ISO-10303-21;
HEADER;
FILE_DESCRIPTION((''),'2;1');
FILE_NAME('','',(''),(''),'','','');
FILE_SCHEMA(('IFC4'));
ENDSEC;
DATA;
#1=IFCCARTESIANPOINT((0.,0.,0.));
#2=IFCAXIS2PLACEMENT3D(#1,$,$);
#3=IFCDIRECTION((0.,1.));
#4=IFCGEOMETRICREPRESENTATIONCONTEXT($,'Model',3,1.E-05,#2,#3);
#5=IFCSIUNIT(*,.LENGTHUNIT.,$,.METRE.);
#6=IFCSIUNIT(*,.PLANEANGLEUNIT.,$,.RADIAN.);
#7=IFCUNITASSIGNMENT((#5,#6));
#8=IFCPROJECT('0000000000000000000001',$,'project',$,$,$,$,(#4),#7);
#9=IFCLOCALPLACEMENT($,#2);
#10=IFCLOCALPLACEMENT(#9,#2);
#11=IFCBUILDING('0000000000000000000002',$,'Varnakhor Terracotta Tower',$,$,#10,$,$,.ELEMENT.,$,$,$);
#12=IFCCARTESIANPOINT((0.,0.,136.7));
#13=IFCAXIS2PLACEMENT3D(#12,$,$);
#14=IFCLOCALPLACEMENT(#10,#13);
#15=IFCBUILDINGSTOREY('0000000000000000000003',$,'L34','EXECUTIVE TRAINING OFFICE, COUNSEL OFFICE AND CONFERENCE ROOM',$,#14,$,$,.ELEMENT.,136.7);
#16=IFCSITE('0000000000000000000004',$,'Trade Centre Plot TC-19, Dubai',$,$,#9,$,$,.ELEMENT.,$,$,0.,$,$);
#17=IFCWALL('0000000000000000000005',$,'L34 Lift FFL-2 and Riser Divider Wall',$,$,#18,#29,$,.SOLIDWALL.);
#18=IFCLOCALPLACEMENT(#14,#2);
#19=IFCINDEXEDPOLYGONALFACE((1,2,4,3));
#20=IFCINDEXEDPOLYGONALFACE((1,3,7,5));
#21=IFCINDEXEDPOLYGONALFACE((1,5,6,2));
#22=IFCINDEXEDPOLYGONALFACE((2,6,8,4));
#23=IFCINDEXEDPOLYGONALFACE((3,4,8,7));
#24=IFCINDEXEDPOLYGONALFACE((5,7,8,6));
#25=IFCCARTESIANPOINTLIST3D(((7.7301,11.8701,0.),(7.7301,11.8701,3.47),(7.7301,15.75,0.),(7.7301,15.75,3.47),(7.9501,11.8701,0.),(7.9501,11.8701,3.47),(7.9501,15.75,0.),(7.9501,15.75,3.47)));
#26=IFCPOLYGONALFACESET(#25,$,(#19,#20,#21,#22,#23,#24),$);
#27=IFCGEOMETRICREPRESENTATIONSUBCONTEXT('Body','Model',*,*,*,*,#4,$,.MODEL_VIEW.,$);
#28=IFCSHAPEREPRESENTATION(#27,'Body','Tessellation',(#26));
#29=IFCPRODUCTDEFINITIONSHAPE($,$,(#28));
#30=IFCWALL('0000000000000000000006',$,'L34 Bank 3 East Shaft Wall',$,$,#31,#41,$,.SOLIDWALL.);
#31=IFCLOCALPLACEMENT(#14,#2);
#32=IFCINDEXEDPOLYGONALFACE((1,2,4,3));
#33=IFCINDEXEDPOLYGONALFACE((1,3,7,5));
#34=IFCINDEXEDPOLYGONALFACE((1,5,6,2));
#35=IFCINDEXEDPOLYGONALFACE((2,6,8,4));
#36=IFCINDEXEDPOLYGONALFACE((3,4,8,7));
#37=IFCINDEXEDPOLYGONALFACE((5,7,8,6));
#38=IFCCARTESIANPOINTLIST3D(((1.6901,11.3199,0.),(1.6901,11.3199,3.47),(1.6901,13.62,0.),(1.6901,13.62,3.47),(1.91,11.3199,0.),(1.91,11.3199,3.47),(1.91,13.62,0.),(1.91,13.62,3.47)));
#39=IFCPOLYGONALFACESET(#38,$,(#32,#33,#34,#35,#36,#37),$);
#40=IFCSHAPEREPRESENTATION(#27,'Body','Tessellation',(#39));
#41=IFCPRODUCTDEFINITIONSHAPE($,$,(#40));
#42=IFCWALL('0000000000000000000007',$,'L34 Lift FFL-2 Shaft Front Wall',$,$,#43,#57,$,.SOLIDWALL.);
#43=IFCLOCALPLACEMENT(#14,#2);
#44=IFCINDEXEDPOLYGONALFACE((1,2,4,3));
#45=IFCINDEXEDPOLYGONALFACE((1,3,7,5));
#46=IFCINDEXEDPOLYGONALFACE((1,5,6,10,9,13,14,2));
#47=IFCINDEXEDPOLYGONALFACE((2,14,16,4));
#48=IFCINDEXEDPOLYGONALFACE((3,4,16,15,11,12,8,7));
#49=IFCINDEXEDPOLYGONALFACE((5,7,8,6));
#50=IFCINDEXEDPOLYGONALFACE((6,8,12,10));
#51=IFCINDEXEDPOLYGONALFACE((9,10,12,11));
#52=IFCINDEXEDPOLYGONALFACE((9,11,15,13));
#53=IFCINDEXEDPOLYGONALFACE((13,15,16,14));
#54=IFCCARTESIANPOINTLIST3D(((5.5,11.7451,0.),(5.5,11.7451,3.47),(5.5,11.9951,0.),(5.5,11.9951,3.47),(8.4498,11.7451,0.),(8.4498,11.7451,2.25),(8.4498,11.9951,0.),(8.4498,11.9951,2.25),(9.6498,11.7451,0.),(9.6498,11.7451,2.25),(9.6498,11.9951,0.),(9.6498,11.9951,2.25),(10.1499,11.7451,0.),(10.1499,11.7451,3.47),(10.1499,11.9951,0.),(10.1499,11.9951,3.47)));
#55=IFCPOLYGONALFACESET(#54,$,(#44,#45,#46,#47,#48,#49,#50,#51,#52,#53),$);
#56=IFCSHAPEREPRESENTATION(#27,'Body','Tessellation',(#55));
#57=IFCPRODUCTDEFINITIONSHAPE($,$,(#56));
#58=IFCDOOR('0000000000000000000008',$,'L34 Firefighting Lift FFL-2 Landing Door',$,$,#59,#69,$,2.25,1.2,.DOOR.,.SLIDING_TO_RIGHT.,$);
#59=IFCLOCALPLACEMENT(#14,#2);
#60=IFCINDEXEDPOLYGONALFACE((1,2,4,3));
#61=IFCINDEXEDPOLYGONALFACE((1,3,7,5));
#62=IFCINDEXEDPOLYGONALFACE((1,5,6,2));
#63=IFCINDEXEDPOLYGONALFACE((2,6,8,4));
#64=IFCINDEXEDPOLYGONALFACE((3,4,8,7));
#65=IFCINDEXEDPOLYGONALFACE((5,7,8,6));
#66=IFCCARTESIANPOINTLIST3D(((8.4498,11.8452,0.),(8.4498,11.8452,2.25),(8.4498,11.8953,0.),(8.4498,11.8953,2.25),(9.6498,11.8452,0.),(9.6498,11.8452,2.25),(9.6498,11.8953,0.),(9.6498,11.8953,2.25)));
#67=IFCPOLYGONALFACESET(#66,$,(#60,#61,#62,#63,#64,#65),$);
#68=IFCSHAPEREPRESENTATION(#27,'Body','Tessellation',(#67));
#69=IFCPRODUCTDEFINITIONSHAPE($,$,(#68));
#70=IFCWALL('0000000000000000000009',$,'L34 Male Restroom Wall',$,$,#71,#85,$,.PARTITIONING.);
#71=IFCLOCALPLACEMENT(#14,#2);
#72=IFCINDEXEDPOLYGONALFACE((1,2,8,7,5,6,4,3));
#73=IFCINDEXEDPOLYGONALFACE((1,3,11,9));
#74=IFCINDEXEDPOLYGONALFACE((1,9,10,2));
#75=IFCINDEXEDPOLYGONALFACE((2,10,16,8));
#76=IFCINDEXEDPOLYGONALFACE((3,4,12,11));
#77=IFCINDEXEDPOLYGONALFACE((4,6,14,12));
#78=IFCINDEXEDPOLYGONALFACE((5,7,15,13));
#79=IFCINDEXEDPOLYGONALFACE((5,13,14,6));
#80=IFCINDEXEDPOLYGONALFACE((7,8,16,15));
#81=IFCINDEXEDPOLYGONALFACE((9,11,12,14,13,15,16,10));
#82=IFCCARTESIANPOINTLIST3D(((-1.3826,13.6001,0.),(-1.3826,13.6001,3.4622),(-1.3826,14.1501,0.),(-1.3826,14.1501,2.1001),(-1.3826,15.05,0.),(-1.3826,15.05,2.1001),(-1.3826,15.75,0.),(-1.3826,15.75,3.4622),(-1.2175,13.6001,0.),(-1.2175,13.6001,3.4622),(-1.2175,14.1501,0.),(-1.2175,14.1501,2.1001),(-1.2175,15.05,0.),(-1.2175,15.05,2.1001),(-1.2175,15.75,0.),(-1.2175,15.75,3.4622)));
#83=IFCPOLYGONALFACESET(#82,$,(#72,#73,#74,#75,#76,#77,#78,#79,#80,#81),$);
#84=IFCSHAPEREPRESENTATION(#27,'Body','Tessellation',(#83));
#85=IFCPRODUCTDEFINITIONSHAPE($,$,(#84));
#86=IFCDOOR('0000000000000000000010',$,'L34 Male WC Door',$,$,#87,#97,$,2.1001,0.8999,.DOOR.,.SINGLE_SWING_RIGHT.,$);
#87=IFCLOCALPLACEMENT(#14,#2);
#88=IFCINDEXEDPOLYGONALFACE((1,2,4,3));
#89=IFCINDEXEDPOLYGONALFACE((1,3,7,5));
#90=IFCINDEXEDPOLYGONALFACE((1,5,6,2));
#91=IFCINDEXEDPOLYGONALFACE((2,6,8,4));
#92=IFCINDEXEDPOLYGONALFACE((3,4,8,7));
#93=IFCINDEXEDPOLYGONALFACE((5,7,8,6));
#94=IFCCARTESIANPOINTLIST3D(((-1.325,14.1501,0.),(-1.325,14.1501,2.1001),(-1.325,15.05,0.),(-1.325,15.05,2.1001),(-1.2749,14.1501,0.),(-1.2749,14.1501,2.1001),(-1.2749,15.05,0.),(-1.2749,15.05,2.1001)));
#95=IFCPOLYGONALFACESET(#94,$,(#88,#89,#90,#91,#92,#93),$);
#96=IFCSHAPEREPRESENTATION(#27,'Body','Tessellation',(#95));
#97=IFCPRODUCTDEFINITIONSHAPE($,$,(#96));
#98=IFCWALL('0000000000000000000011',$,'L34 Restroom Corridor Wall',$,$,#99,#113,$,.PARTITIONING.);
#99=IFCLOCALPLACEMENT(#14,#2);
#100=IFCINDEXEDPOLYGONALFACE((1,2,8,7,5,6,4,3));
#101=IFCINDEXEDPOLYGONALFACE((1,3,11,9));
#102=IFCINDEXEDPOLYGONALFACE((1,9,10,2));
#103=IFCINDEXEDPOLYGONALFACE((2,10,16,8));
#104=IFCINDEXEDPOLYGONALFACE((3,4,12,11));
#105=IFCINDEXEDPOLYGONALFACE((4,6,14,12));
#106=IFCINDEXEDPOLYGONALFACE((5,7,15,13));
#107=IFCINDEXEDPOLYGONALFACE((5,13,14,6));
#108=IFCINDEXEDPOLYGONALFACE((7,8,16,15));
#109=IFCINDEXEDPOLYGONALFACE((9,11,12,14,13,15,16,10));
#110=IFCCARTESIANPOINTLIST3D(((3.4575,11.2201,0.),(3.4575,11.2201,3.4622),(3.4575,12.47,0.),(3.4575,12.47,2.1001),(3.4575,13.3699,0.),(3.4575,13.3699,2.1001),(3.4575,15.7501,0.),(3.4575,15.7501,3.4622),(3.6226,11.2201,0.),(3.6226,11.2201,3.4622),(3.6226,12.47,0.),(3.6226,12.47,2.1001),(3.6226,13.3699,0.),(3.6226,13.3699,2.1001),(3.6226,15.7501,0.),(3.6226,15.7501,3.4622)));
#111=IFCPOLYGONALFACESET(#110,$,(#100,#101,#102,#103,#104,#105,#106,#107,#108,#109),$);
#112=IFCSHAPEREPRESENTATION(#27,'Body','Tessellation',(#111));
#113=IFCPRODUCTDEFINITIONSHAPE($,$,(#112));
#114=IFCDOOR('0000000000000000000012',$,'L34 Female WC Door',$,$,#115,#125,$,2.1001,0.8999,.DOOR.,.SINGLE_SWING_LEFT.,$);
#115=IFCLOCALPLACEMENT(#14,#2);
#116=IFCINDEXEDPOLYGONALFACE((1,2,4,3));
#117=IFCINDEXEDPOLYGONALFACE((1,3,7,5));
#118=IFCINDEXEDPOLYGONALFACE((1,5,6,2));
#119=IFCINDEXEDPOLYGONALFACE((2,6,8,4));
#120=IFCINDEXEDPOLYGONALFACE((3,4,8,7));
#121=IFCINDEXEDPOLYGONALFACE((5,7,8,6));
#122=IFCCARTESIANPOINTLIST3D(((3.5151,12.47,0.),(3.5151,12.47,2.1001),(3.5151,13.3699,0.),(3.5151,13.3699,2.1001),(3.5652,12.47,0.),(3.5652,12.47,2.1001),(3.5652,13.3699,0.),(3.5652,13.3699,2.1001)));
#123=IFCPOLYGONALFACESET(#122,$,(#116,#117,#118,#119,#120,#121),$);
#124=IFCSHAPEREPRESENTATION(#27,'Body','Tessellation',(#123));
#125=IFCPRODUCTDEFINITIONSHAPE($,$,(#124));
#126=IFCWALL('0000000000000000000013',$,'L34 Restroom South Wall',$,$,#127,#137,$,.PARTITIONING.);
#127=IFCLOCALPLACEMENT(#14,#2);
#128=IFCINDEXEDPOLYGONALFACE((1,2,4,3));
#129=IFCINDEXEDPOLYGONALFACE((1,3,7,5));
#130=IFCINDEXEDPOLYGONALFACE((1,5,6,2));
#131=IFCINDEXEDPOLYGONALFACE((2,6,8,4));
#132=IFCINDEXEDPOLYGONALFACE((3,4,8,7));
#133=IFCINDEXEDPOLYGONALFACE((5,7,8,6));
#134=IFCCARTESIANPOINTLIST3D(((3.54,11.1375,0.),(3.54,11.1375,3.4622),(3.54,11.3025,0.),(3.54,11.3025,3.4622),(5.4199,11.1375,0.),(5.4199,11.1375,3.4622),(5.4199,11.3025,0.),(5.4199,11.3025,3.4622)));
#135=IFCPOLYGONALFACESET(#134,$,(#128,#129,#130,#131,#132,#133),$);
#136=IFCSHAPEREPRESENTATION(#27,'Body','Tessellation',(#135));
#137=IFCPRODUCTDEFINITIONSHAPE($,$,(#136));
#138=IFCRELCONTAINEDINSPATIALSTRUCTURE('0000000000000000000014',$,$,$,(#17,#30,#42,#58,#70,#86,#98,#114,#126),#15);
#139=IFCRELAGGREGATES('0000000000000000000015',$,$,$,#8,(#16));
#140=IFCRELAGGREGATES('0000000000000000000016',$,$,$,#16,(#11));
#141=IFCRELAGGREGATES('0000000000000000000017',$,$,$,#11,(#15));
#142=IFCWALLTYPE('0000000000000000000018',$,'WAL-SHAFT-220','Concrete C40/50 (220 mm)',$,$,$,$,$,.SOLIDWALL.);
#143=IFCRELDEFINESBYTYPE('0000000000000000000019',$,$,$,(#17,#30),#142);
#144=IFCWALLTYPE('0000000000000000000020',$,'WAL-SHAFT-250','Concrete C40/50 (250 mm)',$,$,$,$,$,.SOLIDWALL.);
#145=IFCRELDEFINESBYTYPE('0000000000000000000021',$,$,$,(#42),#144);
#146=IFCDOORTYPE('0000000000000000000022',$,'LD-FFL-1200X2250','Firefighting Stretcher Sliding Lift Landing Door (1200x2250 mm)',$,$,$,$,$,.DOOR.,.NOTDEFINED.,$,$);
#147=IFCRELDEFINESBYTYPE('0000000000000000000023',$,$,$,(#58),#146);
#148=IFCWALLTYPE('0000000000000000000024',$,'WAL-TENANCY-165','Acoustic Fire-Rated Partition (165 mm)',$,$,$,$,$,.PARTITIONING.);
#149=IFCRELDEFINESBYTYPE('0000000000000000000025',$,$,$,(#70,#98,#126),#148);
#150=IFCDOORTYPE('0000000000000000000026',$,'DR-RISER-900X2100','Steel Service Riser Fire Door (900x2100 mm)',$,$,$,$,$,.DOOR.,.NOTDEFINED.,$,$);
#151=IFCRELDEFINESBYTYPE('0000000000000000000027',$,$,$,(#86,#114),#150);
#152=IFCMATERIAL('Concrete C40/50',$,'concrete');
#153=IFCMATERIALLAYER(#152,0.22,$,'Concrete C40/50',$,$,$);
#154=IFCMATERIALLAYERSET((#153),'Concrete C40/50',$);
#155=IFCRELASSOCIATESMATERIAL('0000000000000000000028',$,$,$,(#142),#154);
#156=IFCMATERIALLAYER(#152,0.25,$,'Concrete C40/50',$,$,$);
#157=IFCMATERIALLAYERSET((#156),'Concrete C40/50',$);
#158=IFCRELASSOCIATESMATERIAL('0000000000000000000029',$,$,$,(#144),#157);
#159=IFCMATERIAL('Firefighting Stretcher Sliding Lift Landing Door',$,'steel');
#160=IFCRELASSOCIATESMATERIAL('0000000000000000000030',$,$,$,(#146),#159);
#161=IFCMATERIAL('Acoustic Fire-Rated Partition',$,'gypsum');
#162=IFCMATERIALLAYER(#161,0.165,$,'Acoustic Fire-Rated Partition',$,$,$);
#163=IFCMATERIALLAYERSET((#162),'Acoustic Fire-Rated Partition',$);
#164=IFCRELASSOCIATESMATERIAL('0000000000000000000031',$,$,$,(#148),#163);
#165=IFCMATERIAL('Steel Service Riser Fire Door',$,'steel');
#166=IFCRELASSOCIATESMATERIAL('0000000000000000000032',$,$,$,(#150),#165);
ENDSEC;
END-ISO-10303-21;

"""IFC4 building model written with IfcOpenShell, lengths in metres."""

from ifc_helpers import new_model, si_unit, direction, frame, frame_2d, origin, place, context, subcontext, project, spatial, rectangle, extrude, source, transform, mapped, material, layer, layer_set, type_object, type_shapes, element, fill, save


model = new_model("IFC4")

# Units and contexts
model_context = context("Model", 3, precision=1e-05, world=origin(), true_north=direction((0.0, 1.0)))
body_context = subcontext(model_context, "Body", "Model", "MODEL_VIEW")
ifc_project = project(units=[si_unit("LENGTHUNIT", "METRE"), si_unit("PLANEANGLEUNIT", "RADIAN")], contexts=[model_context])

# Site, building, storey
site_placement = place(None, origin())
site = spatial("IfcSite", under=ifc_project, at=site_placement, Name="Trade Centre Plot TC-19, Dubai", CompositionType="ELEMENT", RefElevation=0.0)
building_placement = place(site_placement, origin())
building = spatial("IfcBuilding", under=site, at=building_placement, Name="Varnakhor Terracotta Tower", CompositionType="ELEMENT")
storey_placement = place(building_placement, frame((0.0, 0.0, 136.7)))
storey = spatial("IfcBuildingStorey", under=building, at=storey_placement, Name="L34", Description="EXECUTIVE TRAINING OFFICE, COUNSEL OFFICE AND CONFERENCE ROOM", CompositionType="ELEMENT", Elevation=136.7)

# Walls
ifc_material_1 = material(Name="Concrete C40/50", Category="concrete")
ifc_layer_1 = layer(ifc_material_1, 0.22, Name="Concrete C40/50")
ifc_layer_set_1 = layer_set([ifc_layer_1], Name="Concrete C40/50")
wall_type_1 = type_object("IfcWallType", Name="WAL-SHAFT-220", Description="Concrete C40/50 (220 mm)", PredefinedType="SOLIDWALL", material=ifc_layer_set_1)
wall_1_placement = place(storey_placement, frame((7.8401, 11.8701, 0.0), z_axis=(0.0, 0.0, 1.0), x_axis=(0.0, 1.0, 0.0)))
element("IfcWall", 1, at=wall_1_placement, inside=storey, type_object=wall_type_1, Name="L34 Lift FFL-2 and Riser Divider Wall", PredefinedType="SOLIDWALL", context=body_context, shape_type="SweptSolid", body=[
    extrude(rectangle(XDim=3.8799, YDim=0.22, at=frame_2d((1.9399, 0.0))), origin(), (0.0, 0.0, 1.0), 3.47),
])
wall_2_placement = place(storey_placement, frame((1.8, 11.3201, 0.0), z_axis=(0.0, 0.0, 1.0), x_axis=(0.0, 1.0, 0.0)))
element("IfcWall", 2, at=wall_2_placement, inside=storey, type_object=wall_type_1, Name="L34 Bank 3 East Shaft Wall", PredefinedType="SOLIDWALL", context=body_context, shape_type="SweptSolid", body=[
    extrude(rectangle(XDim=2.3, YDim=0.22, at=frame_2d((1.1499, 0.0))), origin(), (0.0, 0.0, 1.0), 3.47),
])

# Walls, openings, doors
ifc_layer_2 = layer(ifc_material_1, 0.25, Name="Concrete C40/50")
ifc_layer_set_2 = layer_set([ifc_layer_2], Name="Concrete C40/50")
wall_type_2 = type_object("IfcWallType", Name="WAL-SHAFT-250", Description="Concrete C40/50 (250 mm)", PredefinedType="SOLIDWALL", material=ifc_layer_set_2)
wall_3_placement = place(storey_placement, frame((10.1499, 11.8701, 0.0), z_axis=(0.0, 0.0, 1.0), x_axis=(-1.0, 0.0, 0.0)))
wall_3 = element("IfcWall", 3, at=wall_3_placement, inside=storey, type_object=wall_type_2, Name="L34 Lift FFL-2 Shaft Front Wall", PredefinedType="SOLIDWALL", context=body_context, shape_type="SweptSolid", body=[
    extrude(rectangle(XDim=4.6499, YDim=0.25, at=frame_2d((2.325, 0.0))), origin(), (0.0, 0.0, 1.0), 3.47),
])
opening_1_placement = place(wall_3_placement, frame((0.5, 0.0, 0.0)))
opening_1 = element("IfcOpeningElement", 4, at=opening_1_placement, cuts=wall_3, PredefinedType="OPENING", context=body_context, shape_type="SweptSolid", body=[
    extrude(rectangle(XDim=1.2, YDim=2.25, at=frame_2d((0.6001, 1.125))), frame((0.0, 0.135, 0.0), z_axis=(0.0, -1.0, 0.0), x_axis=(1.0, 0.0, 0.0)), (0.0, 0.0, 1.0), 0.27),
])
ifc_material_2 = material(Name="Firefighting Stretcher Sliding Lift Landing Door", Category="steel")
door_type_1 = type_object("IfcDoorType", Name="LD-FFL-1200X2250", Description="Firefighting Stretcher Sliding Lift Landing Door (1200x2250 mm)", OperationType="NOTDEFINED", PredefinedType="DOOR", material=ifc_material_2)
shared_shape_1 = source(origin(), body_context, "Body", "SweptSolid", [
    extrude(rectangle(XDim=1.2, YDim=2.25, at=frame_2d((0.6001, 1.125))), frame((0.0, 0.0249, 0.0), z_axis=(0.0, -1.0, 0.0), x_axis=(1.0, 0.0, 0.0)), (0.0, 0.0, 1.0), 0.05),
])
type_shapes(door_type_1, [shared_shape_1])
door_1_placement = place(opening_1_placement, origin())
door_1 = element("IfcDoor", 5, at=door_1_placement, inside=storey, type_object=door_type_1, Name="L34 Firefighting Lift FFL-2 Landing Door", OperationType="SLIDING_TO_RIGHT", OverallHeight=2.25, OverallWidth=1.2, PredefinedType="DOOR", context=body_context, shape_type="MappedRepresentation", body=[
    mapped(shared_shape_1, transform((0.0, 0.0, 0.0), scale=1.0)),
])
fill(opening_1, door_1)
ifc_material_3 = material(Name="Acoustic Fire-Rated Partition", Category="gypsum")
ifc_layer_3 = layer(ifc_material_3, 0.165, Name="Acoustic Fire-Rated Partition")
ifc_layer_set_3 = layer_set([ifc_layer_3], Name="Acoustic Fire-Rated Partition")
wall_type_3 = type_object("IfcWallType", Name="WAL-TENANCY-165", Description="Acoustic Fire-Rated Partition (165 mm)", PredefinedType="PARTITIONING", material=ifc_layer_set_3)
wall_4_placement = place(storey_placement, frame((-1.3, 13.6001, 0.0), z_axis=(0.0, 0.0, 1.0), x_axis=(0.0, 1.0, 0.0)))
wall_4 = element("IfcWall", 6, at=wall_4_placement, inside=storey, type_object=wall_type_3, Name="L34 Male Restroom Wall", PredefinedType="PARTITIONING", context=body_context, shape_type="SweptSolid", body=[
    extrude(rectangle(XDim=2.1499, YDim=0.165, at=frame_2d((1.075, 0.0))), origin(), (0.0, 0.0, 1.0), 3.4622),
])
opening_2_placement = place(wall_4_placement, frame((0.55, 0.0, 0.0)))
opening_2 = element("IfcOpeningElement", 7, at=opening_2_placement, cuts=wall_4, PredefinedType="OPENING", context=body_context, shape_type="SweptSolid", body=[
    extrude(rectangle(XDim=0.8999, YDim=2.1001, at=frame_2d((0.45, 1.05))), frame((0.0, 0.0925, 0.0), z_axis=(0.0, -1.0, 0.0), x_axis=(1.0, 0.0, 0.0)), (0.0, 0.0, 1.0), 0.1851),
])
ifc_material_4 = material(Name="Steel Service Riser Fire Door", Category="steel")
door_type_2 = type_object("IfcDoorType", Name="DR-RISER-900X2100", Description="Steel Service Riser Fire Door (900x2100 mm)", OperationType="NOTDEFINED", PredefinedType="DOOR", material=ifc_material_4)
shared_shape_2 = source(origin(), body_context, "Body", "SweptSolid", [
    extrude(rectangle(XDim=0.8999, YDim=2.1001, at=frame_2d((0.45, 1.05))), frame((0.0, 0.0249, 0.0), z_axis=(0.0, -1.0, 0.0), x_axis=(1.0, 0.0, 0.0)), (0.0, 0.0, 1.0), 0.05),
])
type_shapes(door_type_2, [shared_shape_2])
door_2_placement = place(opening_2_placement, origin())
door_2 = element("IfcDoor", 8, at=door_2_placement, inside=storey, type_object=door_type_2, Name="L34 Male WC Door", OperationType="SINGLE_SWING_RIGHT", OverallHeight=2.1001, OverallWidth=0.8999, PredefinedType="DOOR", context=body_context, shape_type="MappedRepresentation", body=[
    mapped(shared_shape_2, transform((0.0, 0.0, 0.0), scale=1.0)),
])
fill(opening_2, door_2)
wall_5_placement = place(storey_placement, frame((3.54, 11.22, 0.0), z_axis=(0.0, 0.0, 1.0), x_axis=(0.0, 1.0, 0.0)))
wall_5 = element("IfcWall", 9, at=wall_5_placement, inside=storey, type_object=wall_type_3, Name="L34 Restroom Corridor Wall", PredefinedType="PARTITIONING", context=body_context, shape_type="SweptSolid", body=[
    extrude(rectangle(XDim=4.53, YDim=0.165, at=frame_2d((2.2651, 0.0))), origin(), (0.0, 0.0, 1.0), 3.4622),
])
opening_3_placement = place(wall_5_placement, frame((1.25, 0.0, 0.0)))
opening_3 = element("IfcOpeningElement", 10, at=opening_3_placement, cuts=wall_5, PredefinedType="OPENING", context=body_context, shape_type="SweptSolid", body=[
    extrude(rectangle(XDim=0.8999, YDim=2.1001, at=frame_2d((0.45, 1.05))), frame((0.0, 0.0925, 0.0), z_axis=(0.0, -1.0, 0.0), x_axis=(1.0, 0.0, 0.0)), (0.0, 0.0, 1.0), 0.1851),
])
door_3_placement = place(opening_3_placement, origin())
door_3 = element("IfcDoor", 11, at=door_3_placement, inside=storey, type_object=door_type_2, Name="L34 Female WC Door", OperationType="SINGLE_SWING_LEFT", OverallHeight=2.1001, OverallWidth=0.8999, PredefinedType="DOOR", context=body_context, shape_type="MappedRepresentation", body=[
    mapped(shared_shape_2, transform((0.0, 0.0, 0.0), scale=1.0)),
])
fill(opening_3, door_3)

# Wall
wall_6_placement = place(storey_placement, frame((3.54, 11.22, 0.0), z_axis=(0.0, 0.0, 1.0), x_axis=(1.0, 0.0, 0.0)))
element("IfcWall", 12, at=wall_6_placement, inside=storey, type_object=wall_type_3, Name="L34 Restroom South Wall", PredefinedType="PARTITIONING", context=body_context, shape_type="SweptSolid", body=[
    extrude(rectangle(XDim=1.8799, YDim=0.165, at=frame_2d((0.9399, 0.0))), origin(), (0.0, 0.0, 1.0), 3.4622),
])

save(model, "model.ifc")
